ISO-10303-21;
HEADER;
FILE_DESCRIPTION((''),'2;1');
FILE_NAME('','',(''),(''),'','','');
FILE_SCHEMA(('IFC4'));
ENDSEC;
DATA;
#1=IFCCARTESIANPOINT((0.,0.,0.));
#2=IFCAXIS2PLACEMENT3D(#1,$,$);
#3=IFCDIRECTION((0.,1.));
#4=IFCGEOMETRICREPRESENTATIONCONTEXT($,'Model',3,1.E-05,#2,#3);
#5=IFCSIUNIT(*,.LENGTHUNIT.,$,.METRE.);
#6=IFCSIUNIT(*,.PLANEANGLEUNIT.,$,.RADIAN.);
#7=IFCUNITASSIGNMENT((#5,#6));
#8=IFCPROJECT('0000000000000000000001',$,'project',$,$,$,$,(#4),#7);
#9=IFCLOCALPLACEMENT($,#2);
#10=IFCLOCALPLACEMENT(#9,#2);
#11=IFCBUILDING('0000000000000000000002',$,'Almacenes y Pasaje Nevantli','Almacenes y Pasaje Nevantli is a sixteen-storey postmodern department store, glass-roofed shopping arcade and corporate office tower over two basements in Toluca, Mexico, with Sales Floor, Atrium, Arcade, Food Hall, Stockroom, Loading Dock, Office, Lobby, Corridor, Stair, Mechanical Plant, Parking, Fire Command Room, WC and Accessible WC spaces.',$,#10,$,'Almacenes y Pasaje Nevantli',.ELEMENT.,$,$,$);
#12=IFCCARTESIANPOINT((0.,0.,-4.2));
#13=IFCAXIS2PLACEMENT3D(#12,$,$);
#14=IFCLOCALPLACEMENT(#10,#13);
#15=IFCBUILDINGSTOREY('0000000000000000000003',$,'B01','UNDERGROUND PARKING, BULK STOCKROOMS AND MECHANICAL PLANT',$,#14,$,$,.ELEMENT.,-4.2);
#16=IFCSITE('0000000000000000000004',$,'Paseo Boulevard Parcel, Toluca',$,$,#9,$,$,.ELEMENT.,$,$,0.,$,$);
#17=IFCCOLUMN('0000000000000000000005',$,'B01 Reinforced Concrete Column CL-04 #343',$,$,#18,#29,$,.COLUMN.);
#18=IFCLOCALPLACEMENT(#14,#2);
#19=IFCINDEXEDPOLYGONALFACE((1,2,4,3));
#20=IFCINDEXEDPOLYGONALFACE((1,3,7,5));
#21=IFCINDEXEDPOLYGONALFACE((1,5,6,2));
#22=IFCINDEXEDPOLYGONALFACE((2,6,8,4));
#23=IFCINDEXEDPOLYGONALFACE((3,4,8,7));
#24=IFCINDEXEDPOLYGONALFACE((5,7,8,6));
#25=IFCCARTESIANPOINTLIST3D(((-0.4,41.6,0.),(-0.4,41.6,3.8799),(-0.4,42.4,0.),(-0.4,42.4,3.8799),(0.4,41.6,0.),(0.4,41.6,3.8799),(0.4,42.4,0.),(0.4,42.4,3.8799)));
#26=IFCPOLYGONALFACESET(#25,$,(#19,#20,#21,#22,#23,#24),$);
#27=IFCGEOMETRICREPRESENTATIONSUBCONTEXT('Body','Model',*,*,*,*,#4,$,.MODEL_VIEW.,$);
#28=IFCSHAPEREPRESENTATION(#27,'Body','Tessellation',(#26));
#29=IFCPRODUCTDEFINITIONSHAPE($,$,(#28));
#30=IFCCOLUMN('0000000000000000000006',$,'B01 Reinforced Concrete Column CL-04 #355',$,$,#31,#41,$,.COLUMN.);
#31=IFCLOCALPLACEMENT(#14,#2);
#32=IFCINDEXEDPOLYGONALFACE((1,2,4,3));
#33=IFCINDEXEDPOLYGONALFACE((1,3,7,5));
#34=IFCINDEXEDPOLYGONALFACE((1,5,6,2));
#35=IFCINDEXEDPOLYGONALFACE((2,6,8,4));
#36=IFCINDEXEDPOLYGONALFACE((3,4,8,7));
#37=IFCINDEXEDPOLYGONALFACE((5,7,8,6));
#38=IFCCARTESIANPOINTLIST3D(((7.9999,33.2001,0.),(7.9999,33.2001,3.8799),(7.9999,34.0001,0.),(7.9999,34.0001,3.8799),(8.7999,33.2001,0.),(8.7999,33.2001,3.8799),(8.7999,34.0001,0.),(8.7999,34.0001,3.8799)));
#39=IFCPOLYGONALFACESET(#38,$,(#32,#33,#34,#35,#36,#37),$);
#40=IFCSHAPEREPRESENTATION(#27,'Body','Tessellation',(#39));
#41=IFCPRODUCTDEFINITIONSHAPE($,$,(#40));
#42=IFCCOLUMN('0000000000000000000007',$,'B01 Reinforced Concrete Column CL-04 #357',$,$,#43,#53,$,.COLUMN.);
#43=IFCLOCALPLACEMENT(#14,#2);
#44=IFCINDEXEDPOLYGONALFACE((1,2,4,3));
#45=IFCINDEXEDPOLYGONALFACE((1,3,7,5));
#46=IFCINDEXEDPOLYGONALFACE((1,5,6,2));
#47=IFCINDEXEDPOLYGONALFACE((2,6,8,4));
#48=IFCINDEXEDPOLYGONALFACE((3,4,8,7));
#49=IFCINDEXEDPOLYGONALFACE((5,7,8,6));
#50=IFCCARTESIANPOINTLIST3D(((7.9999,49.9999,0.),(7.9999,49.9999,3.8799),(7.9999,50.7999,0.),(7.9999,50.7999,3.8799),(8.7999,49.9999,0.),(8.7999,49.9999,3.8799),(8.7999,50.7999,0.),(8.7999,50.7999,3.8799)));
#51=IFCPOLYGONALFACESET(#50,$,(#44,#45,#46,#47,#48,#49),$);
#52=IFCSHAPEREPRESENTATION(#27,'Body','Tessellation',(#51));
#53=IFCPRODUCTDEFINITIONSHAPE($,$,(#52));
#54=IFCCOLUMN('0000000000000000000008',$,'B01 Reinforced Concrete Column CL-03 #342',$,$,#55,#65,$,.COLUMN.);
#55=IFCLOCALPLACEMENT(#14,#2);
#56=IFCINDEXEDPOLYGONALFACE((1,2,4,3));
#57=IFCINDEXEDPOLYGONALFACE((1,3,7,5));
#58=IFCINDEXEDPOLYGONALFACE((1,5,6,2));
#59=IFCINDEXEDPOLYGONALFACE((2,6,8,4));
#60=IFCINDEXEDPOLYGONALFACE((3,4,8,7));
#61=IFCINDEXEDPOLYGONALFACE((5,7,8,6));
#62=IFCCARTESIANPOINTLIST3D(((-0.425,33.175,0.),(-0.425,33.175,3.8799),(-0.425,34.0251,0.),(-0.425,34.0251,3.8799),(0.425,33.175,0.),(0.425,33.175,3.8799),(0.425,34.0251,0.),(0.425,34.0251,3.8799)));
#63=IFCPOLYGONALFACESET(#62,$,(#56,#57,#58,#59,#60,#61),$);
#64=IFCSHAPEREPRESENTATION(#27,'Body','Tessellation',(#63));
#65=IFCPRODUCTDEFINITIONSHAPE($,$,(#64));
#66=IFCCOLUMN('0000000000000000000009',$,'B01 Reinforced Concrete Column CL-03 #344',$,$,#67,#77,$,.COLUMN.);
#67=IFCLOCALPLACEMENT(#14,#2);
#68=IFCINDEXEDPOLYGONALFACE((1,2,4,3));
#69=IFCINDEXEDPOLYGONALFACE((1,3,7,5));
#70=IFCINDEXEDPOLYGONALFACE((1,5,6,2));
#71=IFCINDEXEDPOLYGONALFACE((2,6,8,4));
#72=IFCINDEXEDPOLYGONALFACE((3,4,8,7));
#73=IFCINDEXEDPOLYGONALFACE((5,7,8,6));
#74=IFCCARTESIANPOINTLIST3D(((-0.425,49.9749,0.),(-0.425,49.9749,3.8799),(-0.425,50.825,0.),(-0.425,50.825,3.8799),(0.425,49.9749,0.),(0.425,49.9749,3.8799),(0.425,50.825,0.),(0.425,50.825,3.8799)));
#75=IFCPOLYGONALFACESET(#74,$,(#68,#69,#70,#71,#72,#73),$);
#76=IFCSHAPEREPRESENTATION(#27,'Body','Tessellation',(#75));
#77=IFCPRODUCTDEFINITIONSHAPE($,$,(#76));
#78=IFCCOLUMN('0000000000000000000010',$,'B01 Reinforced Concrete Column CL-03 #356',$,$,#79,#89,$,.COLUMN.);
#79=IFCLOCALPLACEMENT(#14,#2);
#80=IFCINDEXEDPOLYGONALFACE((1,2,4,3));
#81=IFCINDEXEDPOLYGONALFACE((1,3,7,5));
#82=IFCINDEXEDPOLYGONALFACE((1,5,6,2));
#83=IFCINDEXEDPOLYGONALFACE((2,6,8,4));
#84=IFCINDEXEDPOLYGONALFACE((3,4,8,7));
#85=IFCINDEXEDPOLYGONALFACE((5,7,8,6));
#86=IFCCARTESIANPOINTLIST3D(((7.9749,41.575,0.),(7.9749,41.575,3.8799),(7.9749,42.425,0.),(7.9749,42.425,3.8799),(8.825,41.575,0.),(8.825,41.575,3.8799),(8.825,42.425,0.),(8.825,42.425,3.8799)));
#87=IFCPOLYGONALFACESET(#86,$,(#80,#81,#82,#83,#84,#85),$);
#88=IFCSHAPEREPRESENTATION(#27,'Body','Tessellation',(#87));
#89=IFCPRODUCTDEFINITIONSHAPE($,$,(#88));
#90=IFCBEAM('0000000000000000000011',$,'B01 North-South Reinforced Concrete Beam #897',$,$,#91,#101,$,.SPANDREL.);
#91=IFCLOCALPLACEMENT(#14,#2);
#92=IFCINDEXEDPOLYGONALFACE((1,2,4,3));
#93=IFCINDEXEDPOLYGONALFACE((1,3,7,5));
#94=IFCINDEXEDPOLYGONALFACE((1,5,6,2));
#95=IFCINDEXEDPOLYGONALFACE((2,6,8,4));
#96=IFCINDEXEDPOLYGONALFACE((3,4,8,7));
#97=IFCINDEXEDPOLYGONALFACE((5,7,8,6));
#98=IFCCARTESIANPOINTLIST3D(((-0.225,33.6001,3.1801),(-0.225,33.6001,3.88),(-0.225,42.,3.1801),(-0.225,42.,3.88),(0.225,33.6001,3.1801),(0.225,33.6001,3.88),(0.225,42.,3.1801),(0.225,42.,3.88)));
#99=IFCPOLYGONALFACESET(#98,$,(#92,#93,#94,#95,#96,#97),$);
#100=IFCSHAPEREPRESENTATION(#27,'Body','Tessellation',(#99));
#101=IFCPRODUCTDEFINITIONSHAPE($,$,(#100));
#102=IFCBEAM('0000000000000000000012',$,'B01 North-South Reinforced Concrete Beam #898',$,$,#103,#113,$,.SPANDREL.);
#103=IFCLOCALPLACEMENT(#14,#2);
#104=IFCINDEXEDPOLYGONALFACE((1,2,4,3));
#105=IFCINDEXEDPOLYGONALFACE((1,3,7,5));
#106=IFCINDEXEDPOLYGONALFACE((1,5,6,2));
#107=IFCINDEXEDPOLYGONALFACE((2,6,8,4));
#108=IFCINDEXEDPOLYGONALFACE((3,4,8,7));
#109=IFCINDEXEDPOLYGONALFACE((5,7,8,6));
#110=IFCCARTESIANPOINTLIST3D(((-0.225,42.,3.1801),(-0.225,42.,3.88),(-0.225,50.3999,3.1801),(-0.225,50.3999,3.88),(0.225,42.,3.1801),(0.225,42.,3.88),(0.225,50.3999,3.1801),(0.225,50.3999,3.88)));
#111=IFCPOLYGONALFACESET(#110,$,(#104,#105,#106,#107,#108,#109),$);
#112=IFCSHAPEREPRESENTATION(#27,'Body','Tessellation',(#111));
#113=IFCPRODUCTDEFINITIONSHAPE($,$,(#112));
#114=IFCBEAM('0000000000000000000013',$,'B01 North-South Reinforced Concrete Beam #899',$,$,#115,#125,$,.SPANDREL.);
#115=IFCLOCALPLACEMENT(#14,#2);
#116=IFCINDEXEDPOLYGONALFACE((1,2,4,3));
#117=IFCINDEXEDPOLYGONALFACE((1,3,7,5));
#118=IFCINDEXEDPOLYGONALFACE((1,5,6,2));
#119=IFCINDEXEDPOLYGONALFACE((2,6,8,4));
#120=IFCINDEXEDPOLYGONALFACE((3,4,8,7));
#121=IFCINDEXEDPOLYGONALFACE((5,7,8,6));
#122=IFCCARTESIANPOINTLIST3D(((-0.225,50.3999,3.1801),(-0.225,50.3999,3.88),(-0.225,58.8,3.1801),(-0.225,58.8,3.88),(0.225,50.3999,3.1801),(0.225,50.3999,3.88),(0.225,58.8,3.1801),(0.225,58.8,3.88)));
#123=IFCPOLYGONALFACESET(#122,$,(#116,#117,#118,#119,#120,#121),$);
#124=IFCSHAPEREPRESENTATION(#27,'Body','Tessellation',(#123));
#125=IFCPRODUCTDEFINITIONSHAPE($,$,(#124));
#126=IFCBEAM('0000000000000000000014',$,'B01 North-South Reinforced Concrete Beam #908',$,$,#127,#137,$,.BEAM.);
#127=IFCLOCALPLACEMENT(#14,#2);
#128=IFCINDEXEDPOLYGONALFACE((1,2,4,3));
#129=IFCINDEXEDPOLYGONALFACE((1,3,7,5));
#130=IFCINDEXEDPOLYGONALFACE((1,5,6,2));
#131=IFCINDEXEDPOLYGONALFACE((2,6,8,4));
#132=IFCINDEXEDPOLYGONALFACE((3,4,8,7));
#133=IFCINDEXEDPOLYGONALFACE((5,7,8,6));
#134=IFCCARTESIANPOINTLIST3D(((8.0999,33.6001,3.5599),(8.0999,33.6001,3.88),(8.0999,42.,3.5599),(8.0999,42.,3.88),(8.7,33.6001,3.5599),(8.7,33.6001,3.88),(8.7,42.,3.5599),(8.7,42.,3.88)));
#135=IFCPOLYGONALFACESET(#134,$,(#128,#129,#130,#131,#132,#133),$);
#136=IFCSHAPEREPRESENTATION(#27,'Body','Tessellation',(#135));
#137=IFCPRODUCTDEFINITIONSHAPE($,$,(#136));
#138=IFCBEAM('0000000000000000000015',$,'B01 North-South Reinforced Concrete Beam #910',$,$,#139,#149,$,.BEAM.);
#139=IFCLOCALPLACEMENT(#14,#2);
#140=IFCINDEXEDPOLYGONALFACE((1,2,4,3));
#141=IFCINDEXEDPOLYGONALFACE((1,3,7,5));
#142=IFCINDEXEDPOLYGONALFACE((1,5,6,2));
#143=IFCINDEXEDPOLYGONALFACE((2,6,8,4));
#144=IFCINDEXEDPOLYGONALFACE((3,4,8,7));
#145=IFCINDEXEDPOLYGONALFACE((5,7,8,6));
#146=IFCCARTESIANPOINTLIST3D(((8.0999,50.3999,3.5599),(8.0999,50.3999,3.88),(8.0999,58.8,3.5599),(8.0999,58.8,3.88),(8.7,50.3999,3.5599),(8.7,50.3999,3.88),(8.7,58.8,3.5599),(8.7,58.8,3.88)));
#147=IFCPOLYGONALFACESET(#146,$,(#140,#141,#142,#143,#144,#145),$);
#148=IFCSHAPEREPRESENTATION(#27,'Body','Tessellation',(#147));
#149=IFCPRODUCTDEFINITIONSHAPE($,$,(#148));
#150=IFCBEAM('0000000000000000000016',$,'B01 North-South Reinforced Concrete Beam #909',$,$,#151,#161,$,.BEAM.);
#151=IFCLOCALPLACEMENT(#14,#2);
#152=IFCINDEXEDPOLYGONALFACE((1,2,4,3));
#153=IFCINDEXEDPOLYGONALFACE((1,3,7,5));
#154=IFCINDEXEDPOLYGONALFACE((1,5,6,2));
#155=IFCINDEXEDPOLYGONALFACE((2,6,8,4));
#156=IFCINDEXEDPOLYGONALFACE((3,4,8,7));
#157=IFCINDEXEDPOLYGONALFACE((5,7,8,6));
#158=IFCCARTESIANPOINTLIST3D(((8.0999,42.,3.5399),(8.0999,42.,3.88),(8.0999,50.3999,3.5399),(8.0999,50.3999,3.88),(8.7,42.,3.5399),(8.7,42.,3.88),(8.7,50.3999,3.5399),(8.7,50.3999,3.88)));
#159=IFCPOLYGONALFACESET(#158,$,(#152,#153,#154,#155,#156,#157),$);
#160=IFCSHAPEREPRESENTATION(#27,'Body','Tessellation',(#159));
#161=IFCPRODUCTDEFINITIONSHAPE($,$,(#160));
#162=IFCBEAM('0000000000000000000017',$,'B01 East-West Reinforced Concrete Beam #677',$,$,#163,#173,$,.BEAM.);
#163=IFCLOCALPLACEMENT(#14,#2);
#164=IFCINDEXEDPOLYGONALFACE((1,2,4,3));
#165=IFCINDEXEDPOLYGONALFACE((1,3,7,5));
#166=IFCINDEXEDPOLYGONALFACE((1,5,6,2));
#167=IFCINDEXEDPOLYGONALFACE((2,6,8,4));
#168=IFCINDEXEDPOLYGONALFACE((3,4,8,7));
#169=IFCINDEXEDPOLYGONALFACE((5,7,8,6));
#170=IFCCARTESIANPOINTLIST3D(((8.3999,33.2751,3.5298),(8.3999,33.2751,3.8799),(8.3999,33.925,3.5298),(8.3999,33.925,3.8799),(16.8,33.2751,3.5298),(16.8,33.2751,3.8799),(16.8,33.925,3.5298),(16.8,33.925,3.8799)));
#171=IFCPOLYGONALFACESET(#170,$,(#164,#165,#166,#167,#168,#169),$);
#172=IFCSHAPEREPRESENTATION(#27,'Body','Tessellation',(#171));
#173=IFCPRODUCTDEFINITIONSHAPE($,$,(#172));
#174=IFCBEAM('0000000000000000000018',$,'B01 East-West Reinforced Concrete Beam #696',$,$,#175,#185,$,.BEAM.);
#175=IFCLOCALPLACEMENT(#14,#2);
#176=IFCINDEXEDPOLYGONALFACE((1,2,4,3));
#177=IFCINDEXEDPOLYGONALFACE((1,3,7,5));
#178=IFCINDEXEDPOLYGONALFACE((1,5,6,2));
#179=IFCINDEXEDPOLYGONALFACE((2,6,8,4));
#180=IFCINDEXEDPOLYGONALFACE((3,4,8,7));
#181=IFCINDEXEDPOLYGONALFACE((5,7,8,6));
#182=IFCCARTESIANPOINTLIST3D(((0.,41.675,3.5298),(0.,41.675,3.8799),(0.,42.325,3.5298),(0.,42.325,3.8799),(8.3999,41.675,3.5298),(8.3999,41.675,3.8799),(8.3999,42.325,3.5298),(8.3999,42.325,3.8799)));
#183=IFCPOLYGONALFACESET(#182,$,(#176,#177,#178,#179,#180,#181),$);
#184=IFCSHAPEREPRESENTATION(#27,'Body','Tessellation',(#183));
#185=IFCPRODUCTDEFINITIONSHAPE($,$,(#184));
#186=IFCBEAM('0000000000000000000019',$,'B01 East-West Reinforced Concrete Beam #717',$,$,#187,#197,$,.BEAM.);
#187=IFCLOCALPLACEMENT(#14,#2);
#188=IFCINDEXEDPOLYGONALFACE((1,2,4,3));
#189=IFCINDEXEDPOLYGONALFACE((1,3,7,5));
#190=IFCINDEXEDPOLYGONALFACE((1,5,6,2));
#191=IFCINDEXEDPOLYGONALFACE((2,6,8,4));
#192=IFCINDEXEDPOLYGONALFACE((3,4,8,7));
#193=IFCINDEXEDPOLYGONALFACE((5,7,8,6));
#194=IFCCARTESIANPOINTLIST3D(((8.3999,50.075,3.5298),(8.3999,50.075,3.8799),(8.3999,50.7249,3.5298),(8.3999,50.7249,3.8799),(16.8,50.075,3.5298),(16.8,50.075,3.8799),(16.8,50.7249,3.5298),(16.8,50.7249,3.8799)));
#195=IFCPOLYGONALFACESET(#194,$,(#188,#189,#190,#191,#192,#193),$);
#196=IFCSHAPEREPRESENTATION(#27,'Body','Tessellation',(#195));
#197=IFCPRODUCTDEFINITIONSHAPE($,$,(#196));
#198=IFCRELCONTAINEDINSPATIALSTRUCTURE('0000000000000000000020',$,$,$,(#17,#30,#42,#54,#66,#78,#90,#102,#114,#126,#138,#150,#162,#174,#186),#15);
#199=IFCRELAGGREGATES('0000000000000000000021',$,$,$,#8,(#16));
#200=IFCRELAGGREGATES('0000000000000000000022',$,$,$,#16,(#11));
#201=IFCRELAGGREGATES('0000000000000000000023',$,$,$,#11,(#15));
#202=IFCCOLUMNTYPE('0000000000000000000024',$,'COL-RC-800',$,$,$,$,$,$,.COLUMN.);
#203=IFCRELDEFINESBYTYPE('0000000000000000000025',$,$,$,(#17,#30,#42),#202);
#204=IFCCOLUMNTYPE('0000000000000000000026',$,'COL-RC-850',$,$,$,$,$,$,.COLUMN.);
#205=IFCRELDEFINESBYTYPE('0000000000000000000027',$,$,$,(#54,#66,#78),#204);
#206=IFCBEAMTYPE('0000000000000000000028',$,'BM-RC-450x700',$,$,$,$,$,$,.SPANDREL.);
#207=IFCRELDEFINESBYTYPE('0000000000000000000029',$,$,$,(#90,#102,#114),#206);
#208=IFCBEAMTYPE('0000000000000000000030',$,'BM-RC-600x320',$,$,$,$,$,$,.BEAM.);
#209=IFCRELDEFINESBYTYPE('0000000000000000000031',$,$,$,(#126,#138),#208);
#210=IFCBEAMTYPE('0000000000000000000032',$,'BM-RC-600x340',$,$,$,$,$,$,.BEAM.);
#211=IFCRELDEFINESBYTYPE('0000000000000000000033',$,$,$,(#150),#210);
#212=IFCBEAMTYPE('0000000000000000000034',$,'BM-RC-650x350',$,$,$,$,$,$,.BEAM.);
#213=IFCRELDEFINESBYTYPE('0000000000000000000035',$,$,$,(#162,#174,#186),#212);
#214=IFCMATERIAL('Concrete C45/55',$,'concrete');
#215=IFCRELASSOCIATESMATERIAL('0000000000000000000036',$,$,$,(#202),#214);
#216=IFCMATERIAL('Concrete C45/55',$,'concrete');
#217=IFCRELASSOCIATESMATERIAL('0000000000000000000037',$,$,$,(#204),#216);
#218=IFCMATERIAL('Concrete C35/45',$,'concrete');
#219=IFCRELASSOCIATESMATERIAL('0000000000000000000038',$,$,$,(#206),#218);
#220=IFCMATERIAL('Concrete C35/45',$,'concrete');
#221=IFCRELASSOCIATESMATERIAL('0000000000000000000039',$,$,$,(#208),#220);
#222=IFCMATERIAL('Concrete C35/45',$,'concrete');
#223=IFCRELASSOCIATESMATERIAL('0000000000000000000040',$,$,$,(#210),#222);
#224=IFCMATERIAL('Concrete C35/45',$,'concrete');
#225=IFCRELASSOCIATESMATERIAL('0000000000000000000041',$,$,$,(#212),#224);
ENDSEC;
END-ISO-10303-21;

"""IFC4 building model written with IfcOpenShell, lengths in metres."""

from ifc_helpers import new_model, si_unit, direction, frame, origin, origin_2d, place, context, subcontext, project, spatial, rectangle, extrude, material, material_profile, profile_set, type_object, element, save


model = new_model("IFC4")

# Units and contexts
model_context = context("Model", 3, precision=1e-05, world=origin(), true_north=direction((0.0, 1.0)))
body_context = subcontext(model_context, "Body", "Model", "MODEL_VIEW")
ifc_project = project(units=[si_unit("LENGTHUNIT", "METRE"), si_unit("PLANEANGLEUNIT", "RADIAN")], contexts=[model_context])

# Site, building, storey
site_placement = place(None, origin())
site = spatial("IfcSite", under=ifc_project, at=site_placement, Name="Paseo Boulevard Parcel, Toluca", CompositionType="ELEMENT", RefElevation=0.0)
building_placement = place(site_placement, origin())
building = spatial("IfcBuilding", under=site, at=building_placement, Name="Almacenes y Pasaje Nevantli", Description="Almacenes y Pasaje Nevantli is a sixteen-storey postmodern department store, glass-roofed shopping arcade and corporate office tower over two basements in Toluca, Mexico, with Sales Floor, Atrium, Arcade, Food Hall, Stockroom, Loading Dock, Office, Lobby, Corridor, Stair, Mechanical Plant, Parking, Fire Command Room, WC and Accessible WC spaces.", LongName="Almacenes y Pasaje Nevantli", CompositionType="ELEMENT")
storey_placement = place(building_placement, frame((0.0, 0.0, -4.2)))
storey = spatial("IfcBuildingStorey", under=building, at=storey_placement, Name="B01", Description="UNDERGROUND PARKING, BULK STOCKROOMS AND MECHANICAL PLANT", CompositionType="ELEMENT", Elevation=-4.2)

# Columns
ifc_material_1 = material(Name="Concrete C45/55", Category="concrete")
ifc_material_profile_1 = material_profile(ifc_material_1, rectangle(XDim=0.8, YDim=0.8, at=origin_2d()), Name="RC-COL-800x800")
ifc_profile_set_1 = profile_set([ifc_material_profile_1], Name="Concrete C45/55")
column_type_1 = type_object("IfcColumnType", Name="COL-RC-800", PredefinedType="COLUMN", material=ifc_profile_set_1)
for number, where, z_axis, x_axis, name in (
    (1, (0.0, 42.0, 0.0), (0.0, 0.0, 1.0), (1.0, 0.0, 0.0), "B01 Reinforced Concrete Column CL-04 #343"),
    (2, (8.3999, 33.6001, 0.0), (0.0, 0.0, 1.0), (1.0, 0.0, 0.0), "B01 Reinforced Concrete Column CL-04 #355"),
    (3, (8.3999, 50.3999, 0.0), (0.0, 0.0, 1.0), (1.0, 0.0, 0.0), "B01 Reinforced Concrete Column CL-04 #357"),
):
    element("IfcColumn", number, at=place(storey_placement, frame(where, z_axis=z_axis, x_axis=x_axis)), inside=storey, type_object=column_type_1, Name=name, PredefinedType="COLUMN", context=body_context, shape_type="SweptSolid", body=[
        extrude(rectangle(XDim=0.8, YDim=0.8, at=origin_2d()), origin(), (0.0, 0.0, 1.0), 3.8799),
    ])
ifc_material_2 = material(Name="Concrete C45/55", Category="concrete")
ifc_material_profile_2 = material_profile(ifc_material_2, rectangle(XDim=0.8501, YDim=0.8501, at=origin_2d()), Name="RC-COL-850x850")
ifc_profile_set_2 = profile_set([ifc_material_profile_2], Name="Concrete C45/55")
column_type_2 = type_object("IfcColumnType", Name="COL-RC-850", PredefinedType="COLUMN", material=ifc_profile_set_2)
for number, where, z_axis, x_axis, name in (
    (4, (0.0, 33.6001, 0.0), (0.0, 0.0, 1.0), (1.0, 0.0, 0.0), "B01 Reinforced Concrete Column CL-03 #342"),
    (5, (0.0, 50.3999, 0.0), (0.0, 0.0, 1.0), (1.0, 0.0, 0.0), "B01 Reinforced Concrete Column CL-03 #344"),
    (6, (8.3999, 42.0, 0.0), (0.0, 0.0, 1.0), (1.0, 0.0, 0.0), "B01 Reinforced Concrete Column CL-03 #356"),
):
    element("IfcColumn", number, at=place(storey_placement, frame(where, z_axis=z_axis, x_axis=x_axis)), inside=storey, type_object=column_type_2, Name=name, PredefinedType="COLUMN", context=body_context, shape_type="SweptSolid", body=[
        extrude(rectangle(XDim=0.8501, YDim=0.8501, at=origin_2d()), origin(), (0.0, 0.0, 1.0), 3.8799),
    ])

# Beams
ifc_material_3 = material(Name="Concrete C35/45", Category="concrete")
ifc_material_profile_3 = material_profile(ifc_material_3, rectangle(XDim=0.45, YDim=0.7, at=origin_2d()), Name="RC-BM-450x700")
ifc_profile_set_3 = profile_set([ifc_material_profile_3], Name="Concrete C35/45")
beam_type_1 = type_object("IfcBeamType", Name="BM-RC-450x700", PredefinedType="SPANDREL", material=ifc_profile_set_3)
for number, where, z_axis, x_axis, name in (
    (7, (0.0, 33.6001, 3.53), (0.0, 1.0, 0.0), (-1.0, 0.0, 0.0), "B01 North-South Reinforced Concrete Beam #897"),
    (8, (0.0, 42.0, 3.53), (0.0, 1.0, 0.0), (-1.0, 0.0, 0.0), "B01 North-South Reinforced Concrete Beam #898"),
):
    element("IfcBeam", number, at=place(storey_placement, frame(where, z_axis=z_axis, x_axis=x_axis)), inside=storey, type_object=beam_type_1, Name=name, PredefinedType="SPANDREL", context=body_context, shape_type="SweptSolid", body=[
        extrude(rectangle(XDim=0.45, YDim=0.7, at=origin_2d()), origin(), (0.0, 0.0, 1.0), 8.3999),
    ])
beam_1_placement = place(storey_placement, frame((0.0, 50.3999, 3.53), z_axis=(0.0, 1.0, 0.0), x_axis=(-1.0, 0.0, 0.0)))
element("IfcBeam", 9, at=beam_1_placement, inside=storey, type_object=beam_type_1, Name="B01 North-South Reinforced Concrete Beam #899", PredefinedType="SPANDREL", context=body_context, shape_type="SweptSolid", body=[
    extrude(rectangle(XDim=0.45, YDim=0.7, at=origin_2d()), origin(), (0.0, 0.0, 1.0), 8.4001),
])
ifc_material_4 = material(Name="Concrete C35/45", Category="concrete")
ifc_material_profile_4 = material_profile(ifc_material_4, rectangle(XDim=0.6001, YDim=0.3201, at=origin_2d()), Name="RC-BM-600x320")
ifc_profile_set_4 = profile_set([ifc_material_profile_4], Name="Concrete C35/45")
beam_type_2 = type_object("IfcBeamType", Name="BM-RC-600x320", PredefinedType="BEAM", material=ifc_profile_set_4)
beam_2_placement = place(storey_placement, frame((8.3999, 33.6001, 3.72), z_axis=(0.0, 1.0, 0.0), x_axis=(-1.0, 0.0, 0.0)))
element("IfcBeam", 10, at=beam_2_placement, inside=storey, type_object=beam_type_2, Name="B01 North-South Reinforced Concrete Beam #908", PredefinedType="BEAM", context=body_context, shape_type="SweptSolid", body=[
    extrude(rectangle(XDim=0.6001, YDim=0.3201, at=origin_2d()), origin(), (0.0, 0.0, 1.0), 8.3999),
])
beam_3_placement = place(storey_placement, frame((8.3999, 50.3999, 3.72), z_axis=(0.0, 1.0, 0.0), x_axis=(-1.0, 0.0, 0.0)))
element("IfcBeam", 11, at=beam_3_placement, inside=storey, type_object=beam_type_2, Name="B01 North-South Reinforced Concrete Beam #910", PredefinedType="BEAM", context=body_context, shape_type="SweptSolid", body=[
    extrude(rectangle(XDim=0.6001, YDim=0.3201, at=origin_2d()), origin(), (0.0, 0.0, 1.0), 8.4001),
])
ifc_material_5 = material(Name="Concrete C35/45", Category="concrete")
ifc_material_profile_5 = material_profile(ifc_material_5, rectangle(XDim=0.6001, YDim=0.3401, at=origin_2d()), Name="RC-BM-600x340")
ifc_profile_set_5 = profile_set([ifc_material_profile_5], Name="Concrete C35/45")
beam_type_3 = type_object("IfcBeamType", Name="BM-RC-600x340", PredefinedType="BEAM", material=ifc_profile_set_5)
beam_4_placement = place(storey_placement, frame((8.3999, 42.0, 3.71), z_axis=(0.0, 1.0, 0.0), x_axis=(-1.0, 0.0, 0.0)))
element("IfcBeam", 12, at=beam_4_placement, inside=storey, type_object=beam_type_3, Name="B01 North-South Reinforced Concrete Beam #909", PredefinedType="BEAM", context=body_context, shape_type="SweptSolid", body=[
    extrude(rectangle(XDim=0.6001, YDim=0.3401, at=origin_2d()), origin(), (0.0, 0.0, 1.0), 8.3999),
])
ifc_material_6 = material(Name="Concrete C35/45", Category="concrete")
ifc_material_profile_6 = material_profile(ifc_material_6, rectangle(XDim=0.6499, YDim=0.3501, at=origin_2d()), Name="RC-BM-650x350")
ifc_profile_set_6 = profile_set([ifc_material_profile_6], Name="Concrete C35/45")
beam_type_4 = type_object("IfcBeamType", Name="BM-RC-650x350", PredefinedType="BEAM", material=ifc_profile_set_6)
beam_5_placement = place(storey_placement, frame((8.3999, 33.6001, 3.7048), z_axis=(1.0, 0.0, 0.0), x_axis=(0.0, 1.0, 0.0)))
element("IfcBeam", 13, at=beam_5_placement, inside=storey, type_object=beam_type_4, Name="B01 East-West Reinforced Concrete Beam #677", PredefinedType="BEAM", context=body_context, shape_type="SweptSolid", body=[
    extrude(rectangle(XDim=0.6499, YDim=0.3501, at=origin_2d()), origin(), (0.0, 0.0, 1.0), 8.4001),
])
beam_6_placement = place(storey_placement, frame((0.0, 42.0, 3.7048), z_axis=(1.0, 0.0, 0.0), x_axis=(0.0, 1.0, 0.0)))
element("IfcBeam", 14, at=beam_6_placement, inside=storey, type_object=beam_type_4, Name="B01 East-West Reinforced Concrete Beam #696", PredefinedType="BEAM", context=body_context, shape_type="SweptSolid", body=[
    extrude(rectangle(XDim=0.6499, YDim=0.3501, at=origin_2d()), origin(), (0.0, 0.0, 1.0), 8.3999),
])
beam_7_placement = place(storey_placement, frame((8.3999, 50.3999, 3.7048), z_axis=(1.0, 0.0, 0.0), x_axis=(0.0, 1.0, 0.0)))
element("IfcBeam", 15, at=beam_7_placement, inside=storey, type_object=beam_type_4, Name="B01 East-West Reinforced Concrete Beam #717", PredefinedType="BEAM", context=body_context, shape_type="SweptSolid", body=[
    extrude(rectangle(XDim=0.6499, YDim=0.3501, at=origin_2d()), origin(), (0.0, 0.0, 1.0), 8.4001),
])

save(model, "model.ifc")
